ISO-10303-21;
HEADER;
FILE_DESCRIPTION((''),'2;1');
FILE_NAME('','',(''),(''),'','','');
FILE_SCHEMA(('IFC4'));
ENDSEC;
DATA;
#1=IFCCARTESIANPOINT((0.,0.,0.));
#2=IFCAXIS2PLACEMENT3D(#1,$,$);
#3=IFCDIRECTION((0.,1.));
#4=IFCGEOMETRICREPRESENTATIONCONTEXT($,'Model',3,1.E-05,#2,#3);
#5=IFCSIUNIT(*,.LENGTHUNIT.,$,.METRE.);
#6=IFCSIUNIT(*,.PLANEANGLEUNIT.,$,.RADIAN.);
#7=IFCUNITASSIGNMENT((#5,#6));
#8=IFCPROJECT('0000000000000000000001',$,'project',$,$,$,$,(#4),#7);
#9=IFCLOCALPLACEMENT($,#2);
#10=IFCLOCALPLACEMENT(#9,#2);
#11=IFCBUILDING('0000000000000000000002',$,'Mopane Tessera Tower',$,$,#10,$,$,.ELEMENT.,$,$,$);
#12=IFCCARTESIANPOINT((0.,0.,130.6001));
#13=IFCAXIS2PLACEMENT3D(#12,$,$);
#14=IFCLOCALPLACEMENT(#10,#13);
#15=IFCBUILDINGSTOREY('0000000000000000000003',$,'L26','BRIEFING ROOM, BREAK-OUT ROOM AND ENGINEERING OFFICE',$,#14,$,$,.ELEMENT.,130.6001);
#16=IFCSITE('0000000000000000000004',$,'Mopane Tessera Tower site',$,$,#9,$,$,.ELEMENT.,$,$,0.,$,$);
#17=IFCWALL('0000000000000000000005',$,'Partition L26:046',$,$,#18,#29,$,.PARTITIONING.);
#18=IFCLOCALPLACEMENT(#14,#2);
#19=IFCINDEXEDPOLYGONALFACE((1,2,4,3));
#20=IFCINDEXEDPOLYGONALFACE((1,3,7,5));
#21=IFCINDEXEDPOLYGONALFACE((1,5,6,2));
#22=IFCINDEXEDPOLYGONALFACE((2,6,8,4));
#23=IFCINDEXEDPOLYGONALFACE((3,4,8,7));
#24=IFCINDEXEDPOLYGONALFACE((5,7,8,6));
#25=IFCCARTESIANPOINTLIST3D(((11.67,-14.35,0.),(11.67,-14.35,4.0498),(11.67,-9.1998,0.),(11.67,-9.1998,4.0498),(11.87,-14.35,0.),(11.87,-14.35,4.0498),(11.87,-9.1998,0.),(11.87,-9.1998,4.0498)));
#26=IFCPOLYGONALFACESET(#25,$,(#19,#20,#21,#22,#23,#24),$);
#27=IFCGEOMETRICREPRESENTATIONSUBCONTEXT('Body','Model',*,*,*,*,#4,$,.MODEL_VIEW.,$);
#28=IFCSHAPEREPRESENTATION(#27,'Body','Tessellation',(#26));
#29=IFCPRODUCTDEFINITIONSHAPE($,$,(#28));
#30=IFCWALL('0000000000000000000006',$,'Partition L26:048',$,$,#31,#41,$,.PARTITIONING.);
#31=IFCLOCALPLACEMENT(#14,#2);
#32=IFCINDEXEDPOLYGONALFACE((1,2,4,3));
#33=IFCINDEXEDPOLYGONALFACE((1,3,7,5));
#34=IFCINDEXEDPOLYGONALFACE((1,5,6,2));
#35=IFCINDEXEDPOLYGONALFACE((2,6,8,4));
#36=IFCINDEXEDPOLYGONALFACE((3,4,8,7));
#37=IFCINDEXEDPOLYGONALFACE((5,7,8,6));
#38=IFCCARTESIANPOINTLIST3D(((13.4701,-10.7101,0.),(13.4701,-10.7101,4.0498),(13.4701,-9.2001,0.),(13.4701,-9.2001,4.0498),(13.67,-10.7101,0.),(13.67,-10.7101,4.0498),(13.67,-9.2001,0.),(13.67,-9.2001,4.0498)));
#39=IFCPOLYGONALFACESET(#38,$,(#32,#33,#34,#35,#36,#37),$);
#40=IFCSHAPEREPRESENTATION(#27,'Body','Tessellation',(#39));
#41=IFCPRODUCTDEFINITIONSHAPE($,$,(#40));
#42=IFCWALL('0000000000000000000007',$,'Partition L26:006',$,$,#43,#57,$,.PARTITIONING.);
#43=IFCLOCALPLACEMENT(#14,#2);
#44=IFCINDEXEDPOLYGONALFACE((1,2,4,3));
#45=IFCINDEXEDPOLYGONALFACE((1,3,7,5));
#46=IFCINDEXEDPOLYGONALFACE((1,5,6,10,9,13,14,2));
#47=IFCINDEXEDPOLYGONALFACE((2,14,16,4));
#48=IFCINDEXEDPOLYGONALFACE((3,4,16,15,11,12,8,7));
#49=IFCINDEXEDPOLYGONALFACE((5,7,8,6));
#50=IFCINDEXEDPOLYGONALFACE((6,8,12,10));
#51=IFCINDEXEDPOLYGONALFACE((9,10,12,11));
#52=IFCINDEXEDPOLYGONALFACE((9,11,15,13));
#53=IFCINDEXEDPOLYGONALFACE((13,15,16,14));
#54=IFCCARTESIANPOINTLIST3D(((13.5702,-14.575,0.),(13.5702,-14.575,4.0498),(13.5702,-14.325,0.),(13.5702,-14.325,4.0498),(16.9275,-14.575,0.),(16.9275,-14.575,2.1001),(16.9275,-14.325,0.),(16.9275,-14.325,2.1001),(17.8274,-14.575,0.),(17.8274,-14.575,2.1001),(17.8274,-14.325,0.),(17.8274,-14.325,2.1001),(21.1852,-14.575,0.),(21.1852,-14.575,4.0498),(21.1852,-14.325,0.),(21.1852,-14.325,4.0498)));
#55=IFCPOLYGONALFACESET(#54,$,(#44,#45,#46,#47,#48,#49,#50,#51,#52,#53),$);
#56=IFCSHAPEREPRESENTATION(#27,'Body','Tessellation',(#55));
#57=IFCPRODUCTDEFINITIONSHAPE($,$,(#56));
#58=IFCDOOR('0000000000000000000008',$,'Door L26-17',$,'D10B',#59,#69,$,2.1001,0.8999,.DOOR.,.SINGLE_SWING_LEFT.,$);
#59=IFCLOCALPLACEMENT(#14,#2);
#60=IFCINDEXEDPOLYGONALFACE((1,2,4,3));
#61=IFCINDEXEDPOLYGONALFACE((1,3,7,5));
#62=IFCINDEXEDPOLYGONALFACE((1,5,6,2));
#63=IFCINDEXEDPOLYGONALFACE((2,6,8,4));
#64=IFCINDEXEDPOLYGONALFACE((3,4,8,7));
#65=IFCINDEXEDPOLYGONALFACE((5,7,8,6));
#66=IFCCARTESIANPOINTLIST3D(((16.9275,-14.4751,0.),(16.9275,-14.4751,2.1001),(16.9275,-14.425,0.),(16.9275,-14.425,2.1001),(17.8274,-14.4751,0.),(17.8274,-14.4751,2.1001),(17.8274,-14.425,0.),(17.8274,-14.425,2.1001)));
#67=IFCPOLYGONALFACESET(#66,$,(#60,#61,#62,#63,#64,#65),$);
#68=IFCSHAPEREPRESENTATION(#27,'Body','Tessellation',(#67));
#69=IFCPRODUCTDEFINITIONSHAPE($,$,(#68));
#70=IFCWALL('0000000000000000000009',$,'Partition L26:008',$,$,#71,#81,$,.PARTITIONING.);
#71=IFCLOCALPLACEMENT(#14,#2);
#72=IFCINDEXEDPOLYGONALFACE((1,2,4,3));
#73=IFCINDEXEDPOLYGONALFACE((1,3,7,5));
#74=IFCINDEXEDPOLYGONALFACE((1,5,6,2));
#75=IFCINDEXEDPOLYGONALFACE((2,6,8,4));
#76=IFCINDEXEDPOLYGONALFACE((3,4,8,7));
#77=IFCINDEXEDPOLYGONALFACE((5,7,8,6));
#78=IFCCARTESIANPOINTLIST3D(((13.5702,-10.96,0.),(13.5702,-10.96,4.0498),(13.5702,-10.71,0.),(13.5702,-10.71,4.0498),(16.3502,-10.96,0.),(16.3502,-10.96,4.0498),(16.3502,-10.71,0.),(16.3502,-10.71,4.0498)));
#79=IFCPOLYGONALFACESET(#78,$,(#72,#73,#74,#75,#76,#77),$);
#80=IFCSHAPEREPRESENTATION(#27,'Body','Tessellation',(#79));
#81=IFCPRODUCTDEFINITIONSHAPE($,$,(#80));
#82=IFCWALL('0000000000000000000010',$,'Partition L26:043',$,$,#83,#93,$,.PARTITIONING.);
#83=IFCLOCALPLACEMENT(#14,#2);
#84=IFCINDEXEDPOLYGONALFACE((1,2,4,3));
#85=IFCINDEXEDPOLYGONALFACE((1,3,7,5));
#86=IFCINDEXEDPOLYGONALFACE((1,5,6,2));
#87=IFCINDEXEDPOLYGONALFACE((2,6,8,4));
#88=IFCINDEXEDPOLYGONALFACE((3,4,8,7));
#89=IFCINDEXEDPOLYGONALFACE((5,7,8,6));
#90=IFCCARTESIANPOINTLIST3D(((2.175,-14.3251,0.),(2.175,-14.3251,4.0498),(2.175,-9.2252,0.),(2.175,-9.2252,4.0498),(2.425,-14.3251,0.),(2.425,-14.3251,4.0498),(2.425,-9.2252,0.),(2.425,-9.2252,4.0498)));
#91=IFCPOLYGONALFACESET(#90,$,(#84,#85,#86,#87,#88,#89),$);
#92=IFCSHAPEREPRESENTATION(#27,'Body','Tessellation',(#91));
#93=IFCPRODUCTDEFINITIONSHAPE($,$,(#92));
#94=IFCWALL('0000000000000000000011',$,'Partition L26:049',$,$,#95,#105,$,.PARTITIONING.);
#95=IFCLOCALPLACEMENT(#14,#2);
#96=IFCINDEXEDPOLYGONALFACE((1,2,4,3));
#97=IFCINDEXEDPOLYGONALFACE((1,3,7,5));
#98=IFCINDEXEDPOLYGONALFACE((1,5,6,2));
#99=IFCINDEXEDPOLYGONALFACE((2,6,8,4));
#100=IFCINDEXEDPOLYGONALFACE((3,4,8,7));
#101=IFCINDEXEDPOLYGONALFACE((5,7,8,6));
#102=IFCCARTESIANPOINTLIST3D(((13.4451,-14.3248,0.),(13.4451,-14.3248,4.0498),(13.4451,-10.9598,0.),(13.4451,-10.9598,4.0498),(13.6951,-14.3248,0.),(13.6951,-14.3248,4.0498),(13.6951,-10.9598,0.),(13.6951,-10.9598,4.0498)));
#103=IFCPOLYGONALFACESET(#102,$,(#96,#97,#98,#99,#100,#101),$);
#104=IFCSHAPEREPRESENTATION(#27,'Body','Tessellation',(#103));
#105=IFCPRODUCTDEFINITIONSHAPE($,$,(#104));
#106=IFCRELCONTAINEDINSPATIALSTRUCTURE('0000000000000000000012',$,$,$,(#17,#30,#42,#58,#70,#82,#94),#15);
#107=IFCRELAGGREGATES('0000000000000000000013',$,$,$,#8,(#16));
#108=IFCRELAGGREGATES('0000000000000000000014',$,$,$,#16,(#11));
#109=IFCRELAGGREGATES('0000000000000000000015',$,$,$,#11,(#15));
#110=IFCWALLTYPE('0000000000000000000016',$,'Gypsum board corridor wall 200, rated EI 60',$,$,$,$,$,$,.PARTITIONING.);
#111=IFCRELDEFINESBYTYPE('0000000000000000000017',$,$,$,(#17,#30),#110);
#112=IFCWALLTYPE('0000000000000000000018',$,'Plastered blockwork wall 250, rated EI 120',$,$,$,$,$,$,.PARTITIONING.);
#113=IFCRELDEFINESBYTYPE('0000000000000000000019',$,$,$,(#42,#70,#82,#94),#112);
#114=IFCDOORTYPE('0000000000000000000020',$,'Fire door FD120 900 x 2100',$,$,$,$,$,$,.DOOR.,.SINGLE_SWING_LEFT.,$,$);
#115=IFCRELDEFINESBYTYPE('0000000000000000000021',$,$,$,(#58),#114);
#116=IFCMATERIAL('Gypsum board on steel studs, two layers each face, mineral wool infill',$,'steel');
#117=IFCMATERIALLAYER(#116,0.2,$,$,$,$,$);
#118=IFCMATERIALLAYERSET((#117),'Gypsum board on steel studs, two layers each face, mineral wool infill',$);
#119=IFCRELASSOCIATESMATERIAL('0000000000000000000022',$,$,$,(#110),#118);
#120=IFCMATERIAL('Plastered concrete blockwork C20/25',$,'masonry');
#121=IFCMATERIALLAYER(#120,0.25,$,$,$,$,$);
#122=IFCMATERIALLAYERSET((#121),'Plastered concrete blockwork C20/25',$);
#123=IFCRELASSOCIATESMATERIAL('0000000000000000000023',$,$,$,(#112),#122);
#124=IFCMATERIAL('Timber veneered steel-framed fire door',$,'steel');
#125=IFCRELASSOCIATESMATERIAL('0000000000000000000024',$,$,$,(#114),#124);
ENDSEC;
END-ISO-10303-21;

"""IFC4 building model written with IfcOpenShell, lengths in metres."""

from ifc_helpers import new_model, si_unit, direction, frame, frame_2d, origin, place, context, subcontext, project, spatial, rectangle, extrude, material, layer, layer_set, type_object, element, fill, save


model = new_model("IFC4")

# Units and contexts
model_context = context("Model", 3, precision=1e-05, world=origin(), true_north=direction((0.0, 1.0)))
body_context = subcontext(model_context, "Body", "Model", "MODEL_VIEW")
ifc_project = project(units=[si_unit("LENGTHUNIT", "METRE"), si_unit("PLANEANGLEUNIT", "RADIAN")], contexts=[model_context])

# Site, building, storey
site_placement = place(None, origin())
site = spatial("IfcSite", under=ifc_project, at=site_placement, Name="Mopane Tessera Tower site", CompositionType="ELEMENT", RefElevation=0.0)
building_placement = place(site_placement, origin())
building = spatial("IfcBuilding", under=site, at=building_placement, Name="Mopane Tessera Tower", CompositionType="ELEMENT")
storey_placement = place(building_placement, frame((0.0, 0.0, 130.6001)))
storey = spatial("IfcBuildingStorey", under=building, at=storey_placement, Name="L26", Description="BRIEFING ROOM, BREAK-OUT ROOM AND ENGINEERING OFFICE", CompositionType="ELEMENT", Elevation=130.6001)

# Shared definitions
ifc_material_1 = material(Name="Gypsum board on steel studs, two layers each face, mineral wool infill", Category="steel")
ifc_layer_1 = layer(ifc_material_1, 0.2)
ifc_layer_set_1 = layer_set([ifc_layer_1], Name="Gypsum board on steel studs, two layers each face, mineral wool infill")
wall_type_1 = type_object("IfcWallType", Name="Gypsum board corridor wall 200, rated EI 60", PredefinedType="PARTITIONING", material=ifc_layer_set_1)

# Walls
wall_1_placement = place(storey_placement, frame((11.77, -14.3501, 0.0), z_axis=(0.0, 0.0, 1.0), x_axis=(0.0, 1.0, 0.0)))
element("IfcWall", 1, at=wall_1_placement, inside=storey, type_object=wall_type_1, Name="Partition L26:046", PredefinedType="PARTITIONING", context=body_context, shape_type="SweptSolid", body=[
    extrude(rectangle(XDim=5.1501, YDim=0.2, at=frame_2d((2.5752, 0.0))), origin(), (0.0, 0.0, 1.0), 4.0498),
])
wall_2_placement = place(storey_placement, frame((13.5701, -10.71, 0.0), z_axis=(0.0, 0.0, 1.0), x_axis=(0.0, 1.0, 0.0)))
element("IfcWall", 2, at=wall_2_placement, inside=storey, type_object=wall_type_1, Name="Partition L26:048", PredefinedType="PARTITIONING", context=body_context, shape_type="SweptSolid", body=[
    extrude(rectangle(XDim=1.51, YDim=0.2, at=frame_2d((0.7549, 0.0))), origin(), (0.0, 0.0, 1.0), 4.0498),
])

# Wall, opening, door
ifc_material_2 = material(Name="Plastered concrete blockwork C20/25", Category="masonry")
ifc_layer_2 = layer(ifc_material_2, 0.25)
ifc_layer_set_2 = layer_set([ifc_layer_2], Name="Plastered concrete blockwork C20/25")
wall_type_2 = type_object("IfcWallType", Name="Plastered blockwork wall 250, rated EI 120", PredefinedType="PARTITIONING", material=ifc_layer_set_2)
wall_3_placement = place(storey_placement, frame((13.5701, -14.45, 0.0), z_axis=(0.0, 0.0, 1.0), x_axis=(1.0, 0.0, 0.0)))
wall_3 = element("IfcWall", 3, at=wall_3_placement, inside=storey, type_object=wall_type_2, Name="Partition L26:006", PredefinedType="PARTITIONING", context=body_context, shape_type="SweptSolid", body=[
    extrude(rectangle(XDim=7.615, YDim=0.25, at=frame_2d((3.8076, 0.0))), origin(), (0.0, 0.0, 1.0), 4.0498),
])
opening_1_placement = place(wall_3_placement, frame((3.3574, 0.0, 0.0)))
opening_1 = element("IfcOpeningElement", 4, at=opening_1_placement, cuts=wall_3, PredefinedType="OPENING", context=body_context, shape_type="SweptSolid", body=[
    extrude(rectangle(XDim=0.8999, YDim=2.1001, at=frame_2d((0.45, 1.05))), frame((0.0, 0.137, 0.0), z_axis=(0.0, -1.0, 0.0), x_axis=(1.0, 0.0, 0.0)), (0.0, 0.0, 1.0), 0.2739),
])
ifc_material_3 = material(Name="Timber veneered steel-framed fire door", Category="steel")
door_type_1 = type_object("IfcDoorType", Name="Fire door FD120 900 x 2100", OperationType="SINGLE_SWING_LEFT", PredefinedType="DOOR", material=ifc_material_3)
door_1_placement = place(opening_1_placement, origin())
door_1 = element("IfcDoor", 5, at=door_1_placement, inside=storey, type_object=door_type_1, Name="Door L26-17", ObjectType="D10B", OperationType="SINGLE_SWING_LEFT", OverallHeight=2.1001, OverallWidth=0.8999, PredefinedType="DOOR", context=body_context, shape_type="SweptSolid", body=[
    extrude(rectangle(XDim=0.8999, YDim=2.1001, at=frame_2d((0.45, 1.05))), frame((0.0, 0.0249, 0.0), z_axis=(0.0, -1.0, 0.0), x_axis=(1.0, 0.0, 0.0)), (0.0, 0.0, 1.0), 0.05),
])
fill(opening_1, door_1)

# Walls
wall_4_placement = place(storey_placement, frame((13.5701, -10.835, 0.0), z_axis=(0.0, 0.0, 1.0), x_axis=(1.0, 0.0, 0.0)))
element("IfcWall", 6, at=wall_4_placement, inside=storey, type_object=wall_type_2, Name="Partition L26:008", PredefinedType="PARTITIONING", context=body_context, shape_type="SweptSolid", body=[
    extrude(rectangle(XDim=2.78, YDim=0.25, at=frame_2d((1.3901, 0.0))), origin(), (0.0, 0.0, 1.0), 4.0498),
])
wall_5_placement = place(storey_placement, frame((2.3, -14.325, 0.0), z_axis=(0.0, 0.0, 1.0), x_axis=(0.0, 1.0, 0.0)))
element("IfcWall", 7, at=wall_5_placement, inside=storey, type_object=wall_type_2, Name="Partition L26:043", PredefinedType="PARTITIONING", context=body_context, shape_type="SweptSolid", body=[
    extrude(rectangle(XDim=5.0999, YDim=0.25, at=frame_2d((2.5498, 0.0))), origin(), (0.0, 0.0, 1.0), 4.0498),
])
wall_6_placement = place(storey_placement, frame((13.5701, -14.325, 0.0), z_axis=(0.0, 0.0, 1.0), x_axis=(0.0, 1.0, 0.0)))
element("IfcWall", 8, at=wall_6_placement, inside=storey, type_object=wall_type_2, Name="Partition L26:049", PredefinedType="PARTITIONING", context=body_context, shape_type="SweptSolid", body=[
    extrude(rectangle(XDim=3.365, YDim=0.25, at=frame_2d((1.6826, 0.0))), origin(), (0.0, 0.0, 1.0), 4.0498),
])

save(model, "model.ifc")
